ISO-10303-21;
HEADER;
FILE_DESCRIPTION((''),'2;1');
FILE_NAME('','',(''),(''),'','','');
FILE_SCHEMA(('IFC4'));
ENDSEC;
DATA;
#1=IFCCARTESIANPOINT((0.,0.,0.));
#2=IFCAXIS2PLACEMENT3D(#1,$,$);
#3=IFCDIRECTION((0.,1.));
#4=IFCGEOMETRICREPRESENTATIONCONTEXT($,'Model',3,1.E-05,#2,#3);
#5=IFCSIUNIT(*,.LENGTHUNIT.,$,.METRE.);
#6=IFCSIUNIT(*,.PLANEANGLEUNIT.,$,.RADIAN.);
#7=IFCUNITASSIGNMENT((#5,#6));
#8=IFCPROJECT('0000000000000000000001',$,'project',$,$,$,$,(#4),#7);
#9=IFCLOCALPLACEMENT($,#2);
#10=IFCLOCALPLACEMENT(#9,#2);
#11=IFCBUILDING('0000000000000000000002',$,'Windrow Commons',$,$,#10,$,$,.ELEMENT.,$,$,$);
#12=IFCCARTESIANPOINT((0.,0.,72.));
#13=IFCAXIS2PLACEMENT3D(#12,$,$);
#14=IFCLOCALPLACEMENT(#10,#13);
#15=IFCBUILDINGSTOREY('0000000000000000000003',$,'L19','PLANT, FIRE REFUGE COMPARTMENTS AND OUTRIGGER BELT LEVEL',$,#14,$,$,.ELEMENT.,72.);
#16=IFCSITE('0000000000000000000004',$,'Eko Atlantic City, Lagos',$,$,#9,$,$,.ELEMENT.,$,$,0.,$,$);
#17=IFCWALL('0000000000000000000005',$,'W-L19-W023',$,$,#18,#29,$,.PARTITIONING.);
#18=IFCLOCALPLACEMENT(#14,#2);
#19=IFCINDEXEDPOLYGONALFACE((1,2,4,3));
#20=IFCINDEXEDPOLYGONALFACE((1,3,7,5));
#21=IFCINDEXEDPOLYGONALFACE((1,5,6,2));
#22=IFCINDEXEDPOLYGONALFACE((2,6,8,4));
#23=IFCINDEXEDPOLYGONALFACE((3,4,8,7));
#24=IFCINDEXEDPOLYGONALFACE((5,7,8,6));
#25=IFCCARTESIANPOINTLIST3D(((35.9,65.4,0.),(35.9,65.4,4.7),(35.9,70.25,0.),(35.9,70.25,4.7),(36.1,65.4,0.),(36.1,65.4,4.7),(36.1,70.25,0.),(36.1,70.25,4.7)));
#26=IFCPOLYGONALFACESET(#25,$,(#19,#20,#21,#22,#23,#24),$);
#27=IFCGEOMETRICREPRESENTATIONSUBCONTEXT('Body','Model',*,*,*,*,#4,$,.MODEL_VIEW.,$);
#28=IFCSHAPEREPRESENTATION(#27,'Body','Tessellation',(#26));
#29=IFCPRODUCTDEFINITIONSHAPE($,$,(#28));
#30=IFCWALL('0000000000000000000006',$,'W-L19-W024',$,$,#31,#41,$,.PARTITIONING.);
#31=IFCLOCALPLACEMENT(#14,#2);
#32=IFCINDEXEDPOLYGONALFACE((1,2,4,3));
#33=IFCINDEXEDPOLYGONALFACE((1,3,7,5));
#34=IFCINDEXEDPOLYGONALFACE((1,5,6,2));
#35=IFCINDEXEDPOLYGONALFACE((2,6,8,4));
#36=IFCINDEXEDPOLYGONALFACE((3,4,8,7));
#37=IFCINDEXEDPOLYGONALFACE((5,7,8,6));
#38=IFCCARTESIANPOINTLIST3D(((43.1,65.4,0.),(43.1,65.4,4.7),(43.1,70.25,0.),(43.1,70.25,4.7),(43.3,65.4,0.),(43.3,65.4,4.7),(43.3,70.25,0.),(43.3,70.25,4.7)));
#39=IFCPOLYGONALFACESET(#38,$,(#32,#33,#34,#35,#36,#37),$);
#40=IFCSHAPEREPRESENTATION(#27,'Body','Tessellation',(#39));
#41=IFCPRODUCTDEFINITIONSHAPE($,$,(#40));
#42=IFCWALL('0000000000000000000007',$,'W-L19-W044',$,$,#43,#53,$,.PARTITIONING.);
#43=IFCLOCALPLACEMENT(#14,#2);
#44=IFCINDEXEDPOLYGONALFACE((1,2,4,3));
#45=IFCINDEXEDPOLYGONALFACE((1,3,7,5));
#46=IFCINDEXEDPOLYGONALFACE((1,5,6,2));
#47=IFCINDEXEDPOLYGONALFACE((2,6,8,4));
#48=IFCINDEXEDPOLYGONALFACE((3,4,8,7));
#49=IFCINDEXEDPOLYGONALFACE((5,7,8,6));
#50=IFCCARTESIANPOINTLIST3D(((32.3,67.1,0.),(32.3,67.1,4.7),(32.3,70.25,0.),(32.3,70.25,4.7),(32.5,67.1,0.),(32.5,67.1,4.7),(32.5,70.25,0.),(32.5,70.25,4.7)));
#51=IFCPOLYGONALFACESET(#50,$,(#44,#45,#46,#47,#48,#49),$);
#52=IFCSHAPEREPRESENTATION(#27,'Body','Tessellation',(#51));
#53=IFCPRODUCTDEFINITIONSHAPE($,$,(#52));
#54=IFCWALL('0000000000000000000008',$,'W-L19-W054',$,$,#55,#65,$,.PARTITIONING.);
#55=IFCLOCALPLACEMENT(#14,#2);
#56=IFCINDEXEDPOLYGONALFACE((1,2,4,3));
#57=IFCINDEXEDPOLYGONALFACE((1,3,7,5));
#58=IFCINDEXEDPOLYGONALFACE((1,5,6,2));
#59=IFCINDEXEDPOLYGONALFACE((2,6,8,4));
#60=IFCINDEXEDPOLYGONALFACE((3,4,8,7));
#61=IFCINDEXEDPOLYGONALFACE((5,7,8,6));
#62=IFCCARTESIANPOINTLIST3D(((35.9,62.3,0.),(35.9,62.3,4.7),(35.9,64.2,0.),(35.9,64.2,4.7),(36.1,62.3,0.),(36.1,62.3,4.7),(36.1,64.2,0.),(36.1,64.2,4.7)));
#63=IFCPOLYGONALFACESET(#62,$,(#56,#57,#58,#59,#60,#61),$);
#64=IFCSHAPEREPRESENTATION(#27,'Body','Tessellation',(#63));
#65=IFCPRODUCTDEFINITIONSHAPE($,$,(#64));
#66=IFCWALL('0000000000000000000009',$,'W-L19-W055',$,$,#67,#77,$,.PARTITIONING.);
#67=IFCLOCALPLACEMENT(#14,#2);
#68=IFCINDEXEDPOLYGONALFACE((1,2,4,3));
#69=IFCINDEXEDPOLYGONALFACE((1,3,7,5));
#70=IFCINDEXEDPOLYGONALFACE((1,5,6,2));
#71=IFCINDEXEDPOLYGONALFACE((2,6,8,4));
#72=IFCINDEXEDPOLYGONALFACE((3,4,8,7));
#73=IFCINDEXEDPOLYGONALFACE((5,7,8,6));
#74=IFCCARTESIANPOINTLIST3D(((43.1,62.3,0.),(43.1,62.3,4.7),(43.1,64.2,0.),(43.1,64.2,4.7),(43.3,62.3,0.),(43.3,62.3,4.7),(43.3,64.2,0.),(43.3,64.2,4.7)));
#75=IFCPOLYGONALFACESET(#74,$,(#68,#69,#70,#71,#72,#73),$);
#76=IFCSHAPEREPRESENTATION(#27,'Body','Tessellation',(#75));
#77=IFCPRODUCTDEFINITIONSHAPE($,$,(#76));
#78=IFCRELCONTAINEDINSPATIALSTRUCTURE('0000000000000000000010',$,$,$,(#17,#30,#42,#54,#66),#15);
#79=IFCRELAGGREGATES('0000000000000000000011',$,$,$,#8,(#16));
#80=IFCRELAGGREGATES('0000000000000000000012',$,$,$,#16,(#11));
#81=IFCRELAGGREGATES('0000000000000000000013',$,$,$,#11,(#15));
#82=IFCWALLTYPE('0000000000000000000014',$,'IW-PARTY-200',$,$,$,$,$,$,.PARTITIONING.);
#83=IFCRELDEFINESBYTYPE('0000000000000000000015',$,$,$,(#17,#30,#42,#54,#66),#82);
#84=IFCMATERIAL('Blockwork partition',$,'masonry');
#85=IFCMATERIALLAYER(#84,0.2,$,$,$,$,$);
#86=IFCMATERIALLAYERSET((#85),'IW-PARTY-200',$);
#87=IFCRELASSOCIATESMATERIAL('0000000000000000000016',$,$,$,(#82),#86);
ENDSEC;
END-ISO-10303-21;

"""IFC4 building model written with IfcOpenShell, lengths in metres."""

from ifc_helpers import new_model, si_unit, direction, frame, frame_2d, origin, place, context, subcontext, project, spatial, rectangle, extrude, material, layer, layer_set, type_object, element, save


model = new_model("IFC4")

# Units and contexts
model_context = context("Model", 3, precision=1e-05, world=origin(), true_north=direction((0.0, 1.0)))
body_context = subcontext(model_context, "Body", "Model", "MODEL_VIEW")
ifc_project = project(units=[si_unit("LENGTHUNIT", "METRE"), si_unit("PLANEANGLEUNIT", "RADIAN")], contexts=[model_context])

# Site, building, storey
site_placement = place(None, origin())
site = spatial("IfcSite", under=ifc_project, at=site_placement, Name="Eko Atlantic City, Lagos", CompositionType="ELEMENT", RefElevation=0.0)
building_placement = place(site_placement, origin())
building = spatial("IfcBuilding", under=site, at=building_placement, Name="Windrow Commons", CompositionType="ELEMENT")
storey_placement = place(building_placement, frame((0.0, 0.0, 72.0)))
storey = spatial("IfcBuildingStorey", under=building, at=storey_placement, Name="L19", Description="PLANT, FIRE REFUGE COMPARTMENTS AND OUTRIGGER BELT LEVEL", CompositionType="ELEMENT", Elevation=72.0)

# Walls
ifc_material_1 = material(Name="Blockwork partition", Category="masonry")
ifc_layer_1 = layer(ifc_material_1, 0.2)
ifc_layer_set_1 = layer_set([ifc_layer_1], Name="IW-PARTY-200")
wall_type_1 = type_object("IfcWallType", Name="IW-PARTY-200", PredefinedType="PARTITIONING", material=ifc_layer_set_1)
for number, where, z_axis, x_axis, name in (
    (1, (36.0, 65.4, 0.0), (0.0, 0.0, 1.0), (0.0, 1.0, 0.0), "W-L19-W023"),
    (2, (43.2, 65.4, 0.0), (0.0, 0.0, 1.0), (0.0, 1.0, 0.0), "W-L19-W024"),
):
    element("IfcWall", number, at=place(storey_placement, frame(where, z_axis=z_axis, x_axis=x_axis)), inside=storey, type_object=wall_type_1, Name=name, PredefinedType="PARTITIONING", context=body_context, shape_type="SweptSolid", body=[
        extrude(rectangle(XDim=4.85, YDim=0.2, at=frame_2d((2.425, 0.0))), origin(), (0.0, 0.0, 1.0), 4.7),
    ])
wall_1_placement = place(storey_placement, frame((32.4, 67.1, 0.0), z_axis=(0.0, 0.0, 1.0), x_axis=(0.0, 1.0, 0.0)))
element("IfcWall", 3, at=wall_1_placement, inside=storey, type_object=wall_type_1, Name="W-L19-W044", PredefinedType="PARTITIONING", context=body_context, shape_type="SweptSolid", body=[
    extrude(rectangle(XDim=3.15, YDim=0.2, at=frame_2d((1.575, 0.0))), origin(), (0.0, 0.0, 1.0), 4.7),
])
for number, where, z_axis, x_axis, name in (
    (4, (36.0, 62.3, 0.0), (0.0, 0.0, 1.0), (0.0, 1.0, 0.0), "W-L19-W054"),
    (5, (43.2, 62.3, 0.0), (0.0, 0.0, 1.0), (0.0, 1.0, 0.0), "W-L19-W055"),
):
    element("IfcWall", number, at=place(storey_placement, frame(where, z_axis=z_axis, x_axis=x_axis)), inside=storey, type_object=wall_type_1, Name=name, PredefinedType="PARTITIONING", context=body_context, shape_type="SweptSolid", body=[
        extrude(rectangle(XDim=1.9, YDim=0.2, at=frame_2d((0.95, 0.0))), origin(), (0.0, 0.0, 1.0), 4.7),
    ])

save(model, "model.ifc")
